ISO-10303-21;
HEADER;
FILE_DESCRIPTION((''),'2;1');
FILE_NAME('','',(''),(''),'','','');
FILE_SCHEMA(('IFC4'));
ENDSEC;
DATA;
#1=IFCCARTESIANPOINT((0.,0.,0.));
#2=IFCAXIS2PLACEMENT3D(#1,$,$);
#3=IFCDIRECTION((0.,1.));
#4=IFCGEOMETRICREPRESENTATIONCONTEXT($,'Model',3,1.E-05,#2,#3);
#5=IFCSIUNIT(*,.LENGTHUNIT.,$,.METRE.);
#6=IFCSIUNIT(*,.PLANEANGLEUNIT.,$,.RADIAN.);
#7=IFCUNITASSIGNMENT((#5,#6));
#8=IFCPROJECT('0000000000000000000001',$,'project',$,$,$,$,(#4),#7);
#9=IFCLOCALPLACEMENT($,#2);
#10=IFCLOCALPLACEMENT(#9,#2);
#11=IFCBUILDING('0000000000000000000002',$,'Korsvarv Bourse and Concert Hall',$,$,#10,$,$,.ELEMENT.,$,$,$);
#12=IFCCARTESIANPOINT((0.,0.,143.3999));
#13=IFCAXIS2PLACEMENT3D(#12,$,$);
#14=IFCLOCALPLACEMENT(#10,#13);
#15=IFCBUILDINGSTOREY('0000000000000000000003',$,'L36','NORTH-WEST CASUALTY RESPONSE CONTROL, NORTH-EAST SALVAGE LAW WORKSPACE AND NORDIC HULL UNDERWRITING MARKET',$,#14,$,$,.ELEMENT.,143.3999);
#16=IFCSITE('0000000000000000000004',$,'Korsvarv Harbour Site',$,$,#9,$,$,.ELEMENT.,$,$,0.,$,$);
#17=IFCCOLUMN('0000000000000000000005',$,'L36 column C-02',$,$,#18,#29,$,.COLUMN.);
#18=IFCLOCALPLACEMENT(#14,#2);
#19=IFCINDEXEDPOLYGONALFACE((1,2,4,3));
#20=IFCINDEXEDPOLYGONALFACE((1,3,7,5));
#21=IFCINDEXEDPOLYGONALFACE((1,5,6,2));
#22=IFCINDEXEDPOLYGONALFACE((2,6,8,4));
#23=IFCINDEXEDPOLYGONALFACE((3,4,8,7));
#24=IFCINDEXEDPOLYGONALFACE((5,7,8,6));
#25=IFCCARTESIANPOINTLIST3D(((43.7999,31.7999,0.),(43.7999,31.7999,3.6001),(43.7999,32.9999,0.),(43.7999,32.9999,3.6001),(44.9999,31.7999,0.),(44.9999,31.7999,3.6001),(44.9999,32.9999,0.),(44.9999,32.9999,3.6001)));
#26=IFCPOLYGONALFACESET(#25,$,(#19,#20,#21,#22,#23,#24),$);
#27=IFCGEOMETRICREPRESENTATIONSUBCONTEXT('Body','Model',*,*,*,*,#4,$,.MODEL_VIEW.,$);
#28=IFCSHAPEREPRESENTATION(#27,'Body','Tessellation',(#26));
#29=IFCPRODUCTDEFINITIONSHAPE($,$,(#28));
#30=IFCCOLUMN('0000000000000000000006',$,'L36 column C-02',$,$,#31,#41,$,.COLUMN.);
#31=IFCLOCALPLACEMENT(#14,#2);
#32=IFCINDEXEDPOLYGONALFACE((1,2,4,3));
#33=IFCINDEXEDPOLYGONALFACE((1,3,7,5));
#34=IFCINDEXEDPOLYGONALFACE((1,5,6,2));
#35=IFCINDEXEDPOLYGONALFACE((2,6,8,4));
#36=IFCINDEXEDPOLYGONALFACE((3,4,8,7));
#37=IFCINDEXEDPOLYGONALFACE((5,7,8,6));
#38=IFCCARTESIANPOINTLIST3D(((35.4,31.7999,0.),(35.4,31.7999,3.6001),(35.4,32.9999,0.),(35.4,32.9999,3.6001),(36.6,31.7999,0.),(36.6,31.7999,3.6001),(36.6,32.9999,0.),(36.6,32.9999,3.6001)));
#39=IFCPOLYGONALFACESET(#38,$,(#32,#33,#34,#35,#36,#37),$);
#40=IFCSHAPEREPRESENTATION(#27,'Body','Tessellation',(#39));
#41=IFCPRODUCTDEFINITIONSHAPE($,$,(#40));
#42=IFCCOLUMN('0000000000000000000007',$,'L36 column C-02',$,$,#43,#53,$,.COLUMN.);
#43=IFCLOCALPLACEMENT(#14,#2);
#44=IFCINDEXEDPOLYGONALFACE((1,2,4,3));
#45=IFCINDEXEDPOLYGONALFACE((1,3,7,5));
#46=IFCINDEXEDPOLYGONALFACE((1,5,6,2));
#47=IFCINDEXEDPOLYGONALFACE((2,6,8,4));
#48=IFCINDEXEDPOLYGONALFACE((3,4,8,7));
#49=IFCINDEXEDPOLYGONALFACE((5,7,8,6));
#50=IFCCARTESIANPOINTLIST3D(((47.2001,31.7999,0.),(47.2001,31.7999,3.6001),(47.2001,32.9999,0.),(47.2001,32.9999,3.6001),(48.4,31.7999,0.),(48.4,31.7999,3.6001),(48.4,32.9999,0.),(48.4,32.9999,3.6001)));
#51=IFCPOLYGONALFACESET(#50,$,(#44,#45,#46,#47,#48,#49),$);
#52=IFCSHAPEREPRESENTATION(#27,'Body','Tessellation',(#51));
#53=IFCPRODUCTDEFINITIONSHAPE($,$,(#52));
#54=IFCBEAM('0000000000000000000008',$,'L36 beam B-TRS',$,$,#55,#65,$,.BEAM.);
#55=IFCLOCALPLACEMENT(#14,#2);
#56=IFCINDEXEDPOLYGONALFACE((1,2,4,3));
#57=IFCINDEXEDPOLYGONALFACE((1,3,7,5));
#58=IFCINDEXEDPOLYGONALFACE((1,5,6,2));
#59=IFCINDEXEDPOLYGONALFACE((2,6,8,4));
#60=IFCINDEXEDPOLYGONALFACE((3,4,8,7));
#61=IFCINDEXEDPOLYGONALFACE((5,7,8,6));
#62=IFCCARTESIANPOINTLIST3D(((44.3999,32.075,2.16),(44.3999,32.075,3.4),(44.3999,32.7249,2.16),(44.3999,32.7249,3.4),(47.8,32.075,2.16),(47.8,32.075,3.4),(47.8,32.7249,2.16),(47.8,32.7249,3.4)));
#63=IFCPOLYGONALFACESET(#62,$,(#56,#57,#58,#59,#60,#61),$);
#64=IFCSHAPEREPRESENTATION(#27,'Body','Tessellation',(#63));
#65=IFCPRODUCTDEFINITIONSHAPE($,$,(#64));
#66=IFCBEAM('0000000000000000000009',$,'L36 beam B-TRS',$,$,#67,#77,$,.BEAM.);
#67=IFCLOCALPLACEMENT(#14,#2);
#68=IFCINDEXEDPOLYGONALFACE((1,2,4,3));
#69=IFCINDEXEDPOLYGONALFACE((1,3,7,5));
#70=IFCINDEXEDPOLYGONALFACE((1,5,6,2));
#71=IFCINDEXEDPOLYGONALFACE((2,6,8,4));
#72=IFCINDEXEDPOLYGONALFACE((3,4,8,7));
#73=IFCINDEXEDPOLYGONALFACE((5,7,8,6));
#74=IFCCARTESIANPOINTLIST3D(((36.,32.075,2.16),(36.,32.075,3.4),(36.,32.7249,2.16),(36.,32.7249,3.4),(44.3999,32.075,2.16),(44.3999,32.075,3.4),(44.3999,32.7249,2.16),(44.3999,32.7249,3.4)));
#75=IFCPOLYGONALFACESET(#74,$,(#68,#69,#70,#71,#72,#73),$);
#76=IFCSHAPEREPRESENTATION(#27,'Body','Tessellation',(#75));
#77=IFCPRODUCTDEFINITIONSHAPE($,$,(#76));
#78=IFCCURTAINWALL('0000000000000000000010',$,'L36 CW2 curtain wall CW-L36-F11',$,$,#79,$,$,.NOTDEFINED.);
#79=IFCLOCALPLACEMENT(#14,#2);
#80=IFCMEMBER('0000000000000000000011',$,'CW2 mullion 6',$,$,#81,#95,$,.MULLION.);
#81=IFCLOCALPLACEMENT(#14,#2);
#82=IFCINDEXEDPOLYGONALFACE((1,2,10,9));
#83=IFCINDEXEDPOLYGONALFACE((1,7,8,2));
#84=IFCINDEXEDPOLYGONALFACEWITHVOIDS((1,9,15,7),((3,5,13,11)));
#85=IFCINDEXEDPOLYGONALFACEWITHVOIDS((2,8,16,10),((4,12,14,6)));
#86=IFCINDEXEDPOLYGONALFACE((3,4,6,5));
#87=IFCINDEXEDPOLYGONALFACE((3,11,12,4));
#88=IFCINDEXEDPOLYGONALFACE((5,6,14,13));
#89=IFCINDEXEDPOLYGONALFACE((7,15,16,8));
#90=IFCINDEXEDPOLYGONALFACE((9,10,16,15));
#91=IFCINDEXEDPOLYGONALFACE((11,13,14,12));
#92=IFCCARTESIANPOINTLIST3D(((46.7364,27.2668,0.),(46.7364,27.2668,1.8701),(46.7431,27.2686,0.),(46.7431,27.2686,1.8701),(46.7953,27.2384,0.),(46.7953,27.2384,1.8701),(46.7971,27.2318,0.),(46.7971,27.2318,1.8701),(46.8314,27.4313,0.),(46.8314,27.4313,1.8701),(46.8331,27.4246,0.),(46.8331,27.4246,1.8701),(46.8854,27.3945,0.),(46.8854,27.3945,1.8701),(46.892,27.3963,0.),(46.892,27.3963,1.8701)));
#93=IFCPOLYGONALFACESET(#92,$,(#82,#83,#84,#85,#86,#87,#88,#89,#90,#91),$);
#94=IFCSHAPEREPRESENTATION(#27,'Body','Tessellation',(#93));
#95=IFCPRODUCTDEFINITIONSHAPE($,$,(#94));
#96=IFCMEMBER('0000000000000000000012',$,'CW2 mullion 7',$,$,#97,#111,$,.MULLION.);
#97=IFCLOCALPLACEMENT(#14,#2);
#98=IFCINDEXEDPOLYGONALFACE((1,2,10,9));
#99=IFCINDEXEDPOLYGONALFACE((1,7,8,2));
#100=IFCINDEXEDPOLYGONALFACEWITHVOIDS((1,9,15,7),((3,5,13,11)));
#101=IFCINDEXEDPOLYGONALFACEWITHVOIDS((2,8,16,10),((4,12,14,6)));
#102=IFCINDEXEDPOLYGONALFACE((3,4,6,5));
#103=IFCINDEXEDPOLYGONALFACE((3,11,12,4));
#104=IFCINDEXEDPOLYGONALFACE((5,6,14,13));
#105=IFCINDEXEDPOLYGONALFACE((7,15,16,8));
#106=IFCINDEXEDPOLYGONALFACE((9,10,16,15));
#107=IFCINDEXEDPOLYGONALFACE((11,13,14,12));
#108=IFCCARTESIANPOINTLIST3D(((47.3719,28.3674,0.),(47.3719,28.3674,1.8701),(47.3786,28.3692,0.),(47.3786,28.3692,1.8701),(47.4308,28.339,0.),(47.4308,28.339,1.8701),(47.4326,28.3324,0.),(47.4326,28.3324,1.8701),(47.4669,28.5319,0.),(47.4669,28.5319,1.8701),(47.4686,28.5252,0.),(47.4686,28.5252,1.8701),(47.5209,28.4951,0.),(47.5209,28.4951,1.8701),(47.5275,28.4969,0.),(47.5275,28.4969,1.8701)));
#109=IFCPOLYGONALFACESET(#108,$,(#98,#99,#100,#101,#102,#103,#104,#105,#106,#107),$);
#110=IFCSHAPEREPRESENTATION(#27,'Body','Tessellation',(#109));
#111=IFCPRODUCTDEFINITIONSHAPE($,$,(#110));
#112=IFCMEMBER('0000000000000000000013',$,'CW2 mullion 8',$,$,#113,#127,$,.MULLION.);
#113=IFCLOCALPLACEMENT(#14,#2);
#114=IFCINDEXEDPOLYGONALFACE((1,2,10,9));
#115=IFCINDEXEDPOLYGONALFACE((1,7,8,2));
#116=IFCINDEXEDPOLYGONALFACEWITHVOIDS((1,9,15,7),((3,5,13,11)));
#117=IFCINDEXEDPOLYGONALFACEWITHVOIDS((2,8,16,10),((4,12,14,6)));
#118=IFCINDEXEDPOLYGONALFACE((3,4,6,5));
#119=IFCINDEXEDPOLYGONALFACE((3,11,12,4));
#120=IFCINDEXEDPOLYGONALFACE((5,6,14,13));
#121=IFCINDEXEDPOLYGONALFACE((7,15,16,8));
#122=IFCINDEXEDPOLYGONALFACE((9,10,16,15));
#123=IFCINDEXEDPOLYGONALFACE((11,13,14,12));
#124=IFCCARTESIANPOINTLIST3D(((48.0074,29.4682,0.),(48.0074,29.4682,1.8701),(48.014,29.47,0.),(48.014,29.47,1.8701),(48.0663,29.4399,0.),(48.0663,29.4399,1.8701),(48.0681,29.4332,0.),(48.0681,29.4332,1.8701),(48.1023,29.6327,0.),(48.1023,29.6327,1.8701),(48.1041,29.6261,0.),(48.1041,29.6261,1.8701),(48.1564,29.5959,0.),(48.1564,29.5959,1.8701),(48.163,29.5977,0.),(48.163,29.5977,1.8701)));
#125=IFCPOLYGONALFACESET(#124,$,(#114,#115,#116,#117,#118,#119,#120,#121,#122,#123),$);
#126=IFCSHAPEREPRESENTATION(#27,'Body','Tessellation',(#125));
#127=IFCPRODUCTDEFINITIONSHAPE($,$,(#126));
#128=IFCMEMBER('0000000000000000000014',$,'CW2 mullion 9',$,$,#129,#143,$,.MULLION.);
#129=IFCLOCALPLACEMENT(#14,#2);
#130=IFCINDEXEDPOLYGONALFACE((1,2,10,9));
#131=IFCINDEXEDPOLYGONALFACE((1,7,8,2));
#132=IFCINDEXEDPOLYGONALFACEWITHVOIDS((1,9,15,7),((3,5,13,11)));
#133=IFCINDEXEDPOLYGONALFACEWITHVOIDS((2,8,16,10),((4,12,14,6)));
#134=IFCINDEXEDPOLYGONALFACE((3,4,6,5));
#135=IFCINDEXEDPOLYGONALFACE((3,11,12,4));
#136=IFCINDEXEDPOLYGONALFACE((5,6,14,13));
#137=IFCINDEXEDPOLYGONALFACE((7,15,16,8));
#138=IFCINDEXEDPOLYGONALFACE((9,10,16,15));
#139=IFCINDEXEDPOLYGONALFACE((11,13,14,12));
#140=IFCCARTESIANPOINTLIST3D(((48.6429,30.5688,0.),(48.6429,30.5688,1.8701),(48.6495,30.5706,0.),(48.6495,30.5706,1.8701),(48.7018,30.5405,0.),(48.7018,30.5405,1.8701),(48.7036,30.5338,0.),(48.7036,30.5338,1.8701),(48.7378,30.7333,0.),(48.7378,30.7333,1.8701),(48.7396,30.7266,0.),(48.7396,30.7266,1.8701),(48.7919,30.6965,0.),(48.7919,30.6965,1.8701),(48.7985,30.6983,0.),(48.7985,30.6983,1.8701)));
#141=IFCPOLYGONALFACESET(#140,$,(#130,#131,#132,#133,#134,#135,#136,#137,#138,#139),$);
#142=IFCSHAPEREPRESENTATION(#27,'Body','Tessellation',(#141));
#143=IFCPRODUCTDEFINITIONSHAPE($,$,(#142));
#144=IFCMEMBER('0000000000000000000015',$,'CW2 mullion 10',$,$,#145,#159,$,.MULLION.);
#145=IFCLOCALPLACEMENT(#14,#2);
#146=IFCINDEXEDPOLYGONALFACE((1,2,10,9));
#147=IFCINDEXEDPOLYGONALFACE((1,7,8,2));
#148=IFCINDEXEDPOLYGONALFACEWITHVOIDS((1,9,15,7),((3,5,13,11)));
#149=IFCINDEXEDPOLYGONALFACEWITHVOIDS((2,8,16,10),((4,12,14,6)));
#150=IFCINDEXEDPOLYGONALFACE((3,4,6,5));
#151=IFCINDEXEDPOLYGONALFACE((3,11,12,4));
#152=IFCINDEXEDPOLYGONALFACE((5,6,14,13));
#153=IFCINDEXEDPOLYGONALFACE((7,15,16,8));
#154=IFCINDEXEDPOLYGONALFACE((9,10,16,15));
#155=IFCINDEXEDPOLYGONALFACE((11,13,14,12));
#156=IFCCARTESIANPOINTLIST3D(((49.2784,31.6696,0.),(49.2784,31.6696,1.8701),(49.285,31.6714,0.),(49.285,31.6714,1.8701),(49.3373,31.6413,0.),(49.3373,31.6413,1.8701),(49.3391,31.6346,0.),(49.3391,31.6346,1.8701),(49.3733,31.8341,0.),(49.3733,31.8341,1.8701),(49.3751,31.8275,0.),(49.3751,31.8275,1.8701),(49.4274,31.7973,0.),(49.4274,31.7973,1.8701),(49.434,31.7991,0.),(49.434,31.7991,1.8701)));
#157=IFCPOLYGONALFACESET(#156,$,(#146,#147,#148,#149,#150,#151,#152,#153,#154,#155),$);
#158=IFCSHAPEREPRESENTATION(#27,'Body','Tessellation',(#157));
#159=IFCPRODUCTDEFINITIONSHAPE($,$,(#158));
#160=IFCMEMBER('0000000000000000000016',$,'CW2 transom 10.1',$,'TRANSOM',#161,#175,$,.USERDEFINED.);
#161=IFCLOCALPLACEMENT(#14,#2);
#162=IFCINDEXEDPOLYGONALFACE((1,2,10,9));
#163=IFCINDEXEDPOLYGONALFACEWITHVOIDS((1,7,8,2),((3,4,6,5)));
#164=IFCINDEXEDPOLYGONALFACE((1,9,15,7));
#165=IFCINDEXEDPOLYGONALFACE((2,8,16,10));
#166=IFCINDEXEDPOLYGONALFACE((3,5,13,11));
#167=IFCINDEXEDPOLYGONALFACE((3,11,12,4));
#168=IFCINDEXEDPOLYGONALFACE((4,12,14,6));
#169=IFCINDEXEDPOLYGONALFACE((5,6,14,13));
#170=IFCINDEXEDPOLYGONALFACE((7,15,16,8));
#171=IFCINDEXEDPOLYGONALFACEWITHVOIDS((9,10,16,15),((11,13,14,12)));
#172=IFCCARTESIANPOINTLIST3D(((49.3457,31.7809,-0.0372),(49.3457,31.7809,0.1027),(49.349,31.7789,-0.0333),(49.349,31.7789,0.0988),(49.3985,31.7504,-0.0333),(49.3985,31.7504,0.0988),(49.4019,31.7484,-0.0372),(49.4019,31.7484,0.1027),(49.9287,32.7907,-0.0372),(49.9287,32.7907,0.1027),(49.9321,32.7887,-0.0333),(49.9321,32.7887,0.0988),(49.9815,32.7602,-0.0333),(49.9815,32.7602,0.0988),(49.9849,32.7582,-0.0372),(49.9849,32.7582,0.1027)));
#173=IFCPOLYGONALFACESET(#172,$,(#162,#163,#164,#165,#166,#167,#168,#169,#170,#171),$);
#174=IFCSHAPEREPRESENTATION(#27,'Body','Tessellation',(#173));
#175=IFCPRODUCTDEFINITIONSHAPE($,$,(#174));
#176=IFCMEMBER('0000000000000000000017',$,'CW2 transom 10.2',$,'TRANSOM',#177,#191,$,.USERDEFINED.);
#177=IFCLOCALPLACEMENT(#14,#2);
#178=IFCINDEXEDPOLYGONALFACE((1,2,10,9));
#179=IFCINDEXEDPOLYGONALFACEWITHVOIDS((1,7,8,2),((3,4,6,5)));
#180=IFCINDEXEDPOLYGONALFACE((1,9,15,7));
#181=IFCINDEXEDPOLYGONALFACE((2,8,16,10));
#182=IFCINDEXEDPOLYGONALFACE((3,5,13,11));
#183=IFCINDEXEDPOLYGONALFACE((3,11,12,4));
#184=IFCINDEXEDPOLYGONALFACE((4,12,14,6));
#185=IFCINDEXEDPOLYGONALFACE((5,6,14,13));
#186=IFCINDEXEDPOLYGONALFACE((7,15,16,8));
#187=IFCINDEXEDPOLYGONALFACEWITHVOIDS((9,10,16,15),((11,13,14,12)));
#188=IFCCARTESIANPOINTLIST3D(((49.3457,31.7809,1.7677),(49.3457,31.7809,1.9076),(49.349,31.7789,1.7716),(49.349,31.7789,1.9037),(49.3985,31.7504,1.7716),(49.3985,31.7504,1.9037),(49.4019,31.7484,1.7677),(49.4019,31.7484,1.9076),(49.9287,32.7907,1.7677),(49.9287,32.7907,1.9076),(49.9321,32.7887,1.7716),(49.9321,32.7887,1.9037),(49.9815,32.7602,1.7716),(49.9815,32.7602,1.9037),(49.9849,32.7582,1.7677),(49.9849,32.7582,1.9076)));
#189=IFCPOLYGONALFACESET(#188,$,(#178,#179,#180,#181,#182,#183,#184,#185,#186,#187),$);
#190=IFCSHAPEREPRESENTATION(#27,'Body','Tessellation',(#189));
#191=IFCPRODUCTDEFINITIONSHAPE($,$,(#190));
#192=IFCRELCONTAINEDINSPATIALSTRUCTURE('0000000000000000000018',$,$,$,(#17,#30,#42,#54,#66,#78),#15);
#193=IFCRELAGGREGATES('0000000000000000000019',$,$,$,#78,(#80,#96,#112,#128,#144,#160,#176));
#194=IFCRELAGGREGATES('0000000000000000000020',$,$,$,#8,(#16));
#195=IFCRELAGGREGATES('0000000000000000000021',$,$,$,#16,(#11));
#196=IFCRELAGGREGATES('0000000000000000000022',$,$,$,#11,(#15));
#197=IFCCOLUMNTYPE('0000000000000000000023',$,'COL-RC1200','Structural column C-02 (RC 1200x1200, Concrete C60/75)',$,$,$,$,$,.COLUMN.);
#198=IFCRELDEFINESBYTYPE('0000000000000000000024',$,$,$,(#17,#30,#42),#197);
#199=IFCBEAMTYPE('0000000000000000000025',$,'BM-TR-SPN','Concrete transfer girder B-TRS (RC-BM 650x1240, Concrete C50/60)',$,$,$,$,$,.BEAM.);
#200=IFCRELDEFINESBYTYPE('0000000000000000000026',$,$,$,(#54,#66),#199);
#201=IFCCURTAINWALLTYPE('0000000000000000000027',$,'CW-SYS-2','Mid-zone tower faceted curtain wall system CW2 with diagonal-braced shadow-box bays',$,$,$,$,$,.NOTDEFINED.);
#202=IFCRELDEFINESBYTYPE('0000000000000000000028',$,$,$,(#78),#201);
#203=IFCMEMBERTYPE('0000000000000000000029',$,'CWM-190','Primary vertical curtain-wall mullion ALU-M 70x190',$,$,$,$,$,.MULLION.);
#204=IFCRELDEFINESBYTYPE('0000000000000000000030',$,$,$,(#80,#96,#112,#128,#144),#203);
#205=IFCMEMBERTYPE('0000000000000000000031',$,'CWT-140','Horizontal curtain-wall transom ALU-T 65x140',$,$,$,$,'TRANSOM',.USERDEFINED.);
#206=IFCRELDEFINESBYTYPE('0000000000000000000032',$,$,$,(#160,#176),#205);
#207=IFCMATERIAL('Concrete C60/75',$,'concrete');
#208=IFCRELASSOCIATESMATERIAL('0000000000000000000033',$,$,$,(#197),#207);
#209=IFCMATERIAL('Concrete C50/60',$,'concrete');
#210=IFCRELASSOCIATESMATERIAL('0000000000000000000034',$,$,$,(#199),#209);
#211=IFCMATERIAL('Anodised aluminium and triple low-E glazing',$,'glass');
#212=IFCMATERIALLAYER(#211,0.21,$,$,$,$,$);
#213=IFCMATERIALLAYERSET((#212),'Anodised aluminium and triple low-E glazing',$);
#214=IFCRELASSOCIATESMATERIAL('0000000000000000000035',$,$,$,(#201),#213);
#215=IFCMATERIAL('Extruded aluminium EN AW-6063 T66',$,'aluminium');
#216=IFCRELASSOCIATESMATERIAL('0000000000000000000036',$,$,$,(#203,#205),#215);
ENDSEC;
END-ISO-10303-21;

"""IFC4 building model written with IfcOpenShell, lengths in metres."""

from ifc_helpers import new_model, si_unit, direction, frame, origin, origin_2d, place, context, subcontext, project, spatial, rectangle, hollow_rectangle, extrude, source, transform, mapped, material, layer, layer_set, material_profile, profile_set, type_object, element, aggregate, save


model = new_model("IFC4")

# Units and contexts
model_context = context("Model", 3, precision=1e-05, world=origin(), true_north=direction((0.0, 1.0)))
body_context = subcontext(model_context, "Body", "Model", "MODEL_VIEW")
ifc_project = project(units=[si_unit("LENGTHUNIT", "METRE"), si_unit("PLANEANGLEUNIT", "RADIAN")], contexts=[model_context])

# Site, building, storey
site_placement = place(None, origin())
site = spatial("IfcSite", under=ifc_project, at=site_placement, Name="Korsvarv Harbour Site", CompositionType="ELEMENT", RefElevation=0.0)
building_placement = place(site_placement, origin())
building = spatial("IfcBuilding", under=site, at=building_placement, Name="Korsvarv Bourse and Concert Hall", CompositionType="ELEMENT")
storey_placement = place(building_placement, frame((0.0, 0.0, 143.3999)))
storey = spatial("IfcBuildingStorey", under=building, at=storey_placement, Name="L36", Description="NORTH-WEST CASUALTY RESPONSE CONTROL, NORTH-EAST SALVAGE LAW WORKSPACE AND NORDIC HULL UNDERWRITING MARKET", CompositionType="ELEMENT", Elevation=143.3999)

# Columns
ifc_material_1 = material(Name="Concrete C60/75", Category="concrete")
ifc_material_profile_1 = material_profile(ifc_material_1, rectangle(XDim=1.2, YDim=1.2, at=origin_2d()), Name="RC 1200x1200")
ifc_profile_set_1 = profile_set([ifc_material_profile_1], Name="Concrete C60/75")
column_type = type_object("IfcColumnType", Name="COL-RC1200", Description="Structural column C-02 (RC 1200x1200, Concrete C60/75)", PredefinedType="COLUMN", material=ifc_profile_set_1)
shared_shape_1 = source(origin(), body_context, "Body", "SweptSolid", [
    extrude(rectangle(XDim=1.2, YDim=1.2, at=origin_2d()), origin(), (0.0, 0.0, 1.0), 3.6001),
])
for number, where, z_axis, x_axis, name in (
    (1, (44.3999, 32.3999, 0.0), (0.0, 0.0, 1.0), (1.0, 0.0, 0.0), "L36 column C-02"),
    (2, (36.0, 32.3999, 0.0), (0.0, 0.0, 1.0), (1.0, 0.0, 0.0), "L36 column C-02"),
    (3, (47.8, 32.3999, 0.0), (0.0, 0.0, 1.0), (1.0, 0.0, 0.0), "L36 column C-02"),
):
    element("IfcColumn", number, at=place(storey_placement, frame(where, z_axis=z_axis, x_axis=x_axis)), inside=storey, type_object=column_type, Name=name, PredefinedType="COLUMN", context=body_context, shape_type="MappedRepresentation", body=[
        mapped(shared_shape_1, transform((0.0, 0.0, 0.0), scale=1.0)),
    ])

# Beams
ifc_material_2 = material(Name="Concrete C50/60", Category="concrete")
ifc_material_profile_2 = material_profile(ifc_material_2, rectangle(XDim=0.6499, YDim=1.24, at=origin_2d()), Name="RC-BM 650x1240")
ifc_profile_set_2 = profile_set([ifc_material_profile_2], Name="Concrete C50/60")
beam_type = type_object("IfcBeamType", Name="BM-TR-SPN", Description="Concrete transfer girder B-TRS (RC-BM 650x1240, Concrete C50/60)", PredefinedType="BEAM", material=ifc_profile_set_2)
shared_shape_2 = source(origin(), body_context, "Body", "SweptSolid", [
    extrude(rectangle(XDim=0.6499, YDim=1.24, at=origin_2d()), origin(), (0.0, 0.0, 1.0), 3.4001),
])
beam_1_placement = place(storey_placement, frame((44.3999, 32.3999, 2.78), z_axis=(1.0, 0.0, 0.0), x_axis=(0.0, 1.0, 0.0)))
element("IfcBeam", 4, at=beam_1_placement, inside=storey, type_object=beam_type, Name="L36 beam B-TRS", PredefinedType="BEAM", context=body_context, shape_type="MappedRepresentation", body=[
    mapped(shared_shape_2, transform((0.0, 0.0, 0.0), scale=1.0)),
])
shared_shape_3 = source(origin(), body_context, "Body", "SweptSolid", [
    extrude(rectangle(XDim=0.6499, YDim=1.24, at=origin_2d()), origin(), (0.0, 0.0, 1.0), 8.3999),
])
beam_2_placement = place(storey_placement, frame((36.0, 32.3999, 2.78), z_axis=(1.0, 0.0, 0.0), x_axis=(0.0, 1.0, 0.0)))
element("IfcBeam", 5, at=beam_2_placement, inside=storey, type_object=beam_type, Name="L36 beam B-TRS", PredefinedType="BEAM", context=body_context, shape_type="MappedRepresentation", body=[
    mapped(shared_shape_3, transform((0.0, 0.0, 0.0), scale=1.0)),
])

# Curtain wall, members
ifc_material_3 = material(Name="Anodised aluminium and triple low-E glazing", Category="glass")
ifc_layer_1 = layer(ifc_material_3, 0.21)
ifc_layer_set_1 = layer_set([ifc_layer_1], Name="Anodised aluminium and triple low-E glazing")
curtain_wall_type = type_object("IfcCurtainWallType", Name="CW-SYS-2", Description="Mid-zone tower faceted curtain wall system CW2 with diagonal-braced shadow-box bays", PredefinedType="NOTDEFINED", material=ifc_layer_set_1)
curtain_wall_placement = place(storey_placement, origin())
curtain_wall = element("IfcCurtainWall", 6, at=curtain_wall_placement, inside=storey, type_object=curtain_wall_type, Name="L36 CW2 curtain wall CW-L36-F11", PredefinedType="NOTDEFINED")
ifc_material_4 = material(Name="Extruded aluminium EN AW-6063 T66", Category="aluminium")
ifc_material_profile_3 = material_profile(ifc_material_4, hollow_rectangle(XDim=0.0701, YDim=0.1899, WallThickness=0.0049, at=origin_2d()), Name="ALU-M 70x190")
ifc_profile_set_3 = profile_set([ifc_material_profile_3], Name="Extruded aluminium EN AW-6063 T66")
member_type_1 = type_object("IfcMemberType", Name="CWM-190", Description="Primary vertical curtain-wall mullion ALU-M 70x190", PredefinedType="MULLION", material=ifc_profile_set_3)
shared_shape_4 = source(origin(), body_context, "Body", "SweptSolid", [
    extrude(hollow_rectangle(XDim=0.0701, YDim=0.1899, WallThickness=0.0049, at=origin_2d()), origin(), (0.0, 0.0, 1.0), 1.8701),
])
member_1_placement = place(storey_placement, frame((46.8142, 27.3315, 0.0), z_axis=(0.0, 0.0, 1.0), x_axis=(-0.866025, 0.5, 0.0)))
member_1 = element("IfcMember", 7, at=member_1_placement, type_object=member_type_1, Name="CW2 mullion 6", PredefinedType="MULLION", context=body_context, shape_type="MappedRepresentation", body=[
    mapped(shared_shape_4, transform((0.0, 0.0, 0.0), scale=1.0)),
])
member_2_placement = place(storey_placement, frame((47.4497, 28.4321, 0.0), z_axis=(0.0, 0.0, 1.0), x_axis=(-0.866025, 0.5, 0.0)))
member_2 = element("IfcMember", 8, at=member_2_placement, type_object=member_type_1, Name="CW2 mullion 7", PredefinedType="MULLION", context=body_context, shape_type="MappedRepresentation", body=[
    mapped(shared_shape_4, transform((0.0, 0.0, 0.0), scale=1.0)),
])
member_3_placement = place(storey_placement, frame((48.0852, 29.533, 0.0), z_axis=(0.0, 0.0, 1.0), x_axis=(-0.866025, 0.5, 0.0)))
member_3 = element("IfcMember", 9, at=member_3_placement, type_object=member_type_1, Name="CW2 mullion 8", PredefinedType="MULLION", context=body_context, shape_type="MappedRepresentation", body=[
    mapped(shared_shape_4, transform((0.0, 0.0, 0.0), scale=1.0)),
])
member_4_placement = place(storey_placement, frame((48.7207, 30.6335, 0.0), z_axis=(0.0, 0.0, 1.0), x_axis=(-0.866025, 0.5, 0.0)))
member_4 = element("IfcMember", 10, at=member_4_placement, type_object=member_type_1, Name="CW2 mullion 9", PredefinedType="MULLION", context=body_context, shape_type="MappedRepresentation", body=[
    mapped(shared_shape_4, transform((0.0, 0.0, 0.0), scale=1.0)),
])
member_5_placement = place(storey_placement, frame((49.3562, 31.7344, 0.0), z_axis=(0.0, 0.0, 1.0), x_axis=(-0.866025, 0.5, 0.0)))
member_5 = element("IfcMember", 11, at=member_5_placement, type_object=member_type_1, Name="CW2 mullion 10", PredefinedType="MULLION", context=body_context, shape_type="MappedRepresentation", body=[
    mapped(shared_shape_4, transform((0.0, 0.0, 0.0), scale=1.0)),
])
ifc_material_profile_4 = material_profile(ifc_material_4, hollow_rectangle(XDim=0.0649, YDim=0.1399, WallThickness=0.0039, at=origin_2d()), Name="ALU-T 65x140")
ifc_profile_set_4 = profile_set([ifc_material_profile_4], Name="Extruded aluminium EN AW-6063 T66")
member_type_2 = type_object("IfcMemberType", Name="CWT-140", Description="Horizontal curtain-wall transom ALU-T 65x140", ElementType="TRANSOM", PredefinedType="USERDEFINED", material=ifc_profile_set_4)
shared_shape_5 = source(origin(), body_context, "Body", "SweptSolid", [
    extrude(hollow_rectangle(XDim=0.0649, YDim=0.1399, WallThickness=0.0039, at=origin_2d()), origin(), (0.0, 0.0, 1.0), 1.166),
])
member_6_placement = place(storey_placement, frame((49.3738, 31.7646, 0.0327), z_axis=(0.500012, 0.866018, 0.0), x_axis=(-0.866018, 0.500012, 0.0)))
member_6 = element("IfcMember", 12, at=member_6_placement, type_object=member_type_2, Name="CW2 transom 10.1", ObjectType="TRANSOM", PredefinedType="USERDEFINED", context=body_context, shape_type="MappedRepresentation", body=[
    mapped(shared_shape_5, transform((0.0, 0.0, 0.0), scale=1.0)),
])
member_7_placement = place(storey_placement, frame((49.3738, 31.7646, 1.8376), z_axis=(0.500012, 0.866018, 0.0), x_axis=(-0.866018, 0.500012, 0.0)))
member_7 = element("IfcMember", 13, at=member_7_placement, type_object=member_type_2, Name="CW2 transom 10.2", ObjectType="TRANSOM", PredefinedType="USERDEFINED", context=body_context, shape_type="MappedRepresentation", body=[
    mapped(shared_shape_5, transform((0.0, 0.0, 0.0), scale=1.0)),
])
aggregate(curtain_wall, [member_1, member_2, member_3, member_4, member_5, member_6, member_7])

save(model, "model.ifc")
